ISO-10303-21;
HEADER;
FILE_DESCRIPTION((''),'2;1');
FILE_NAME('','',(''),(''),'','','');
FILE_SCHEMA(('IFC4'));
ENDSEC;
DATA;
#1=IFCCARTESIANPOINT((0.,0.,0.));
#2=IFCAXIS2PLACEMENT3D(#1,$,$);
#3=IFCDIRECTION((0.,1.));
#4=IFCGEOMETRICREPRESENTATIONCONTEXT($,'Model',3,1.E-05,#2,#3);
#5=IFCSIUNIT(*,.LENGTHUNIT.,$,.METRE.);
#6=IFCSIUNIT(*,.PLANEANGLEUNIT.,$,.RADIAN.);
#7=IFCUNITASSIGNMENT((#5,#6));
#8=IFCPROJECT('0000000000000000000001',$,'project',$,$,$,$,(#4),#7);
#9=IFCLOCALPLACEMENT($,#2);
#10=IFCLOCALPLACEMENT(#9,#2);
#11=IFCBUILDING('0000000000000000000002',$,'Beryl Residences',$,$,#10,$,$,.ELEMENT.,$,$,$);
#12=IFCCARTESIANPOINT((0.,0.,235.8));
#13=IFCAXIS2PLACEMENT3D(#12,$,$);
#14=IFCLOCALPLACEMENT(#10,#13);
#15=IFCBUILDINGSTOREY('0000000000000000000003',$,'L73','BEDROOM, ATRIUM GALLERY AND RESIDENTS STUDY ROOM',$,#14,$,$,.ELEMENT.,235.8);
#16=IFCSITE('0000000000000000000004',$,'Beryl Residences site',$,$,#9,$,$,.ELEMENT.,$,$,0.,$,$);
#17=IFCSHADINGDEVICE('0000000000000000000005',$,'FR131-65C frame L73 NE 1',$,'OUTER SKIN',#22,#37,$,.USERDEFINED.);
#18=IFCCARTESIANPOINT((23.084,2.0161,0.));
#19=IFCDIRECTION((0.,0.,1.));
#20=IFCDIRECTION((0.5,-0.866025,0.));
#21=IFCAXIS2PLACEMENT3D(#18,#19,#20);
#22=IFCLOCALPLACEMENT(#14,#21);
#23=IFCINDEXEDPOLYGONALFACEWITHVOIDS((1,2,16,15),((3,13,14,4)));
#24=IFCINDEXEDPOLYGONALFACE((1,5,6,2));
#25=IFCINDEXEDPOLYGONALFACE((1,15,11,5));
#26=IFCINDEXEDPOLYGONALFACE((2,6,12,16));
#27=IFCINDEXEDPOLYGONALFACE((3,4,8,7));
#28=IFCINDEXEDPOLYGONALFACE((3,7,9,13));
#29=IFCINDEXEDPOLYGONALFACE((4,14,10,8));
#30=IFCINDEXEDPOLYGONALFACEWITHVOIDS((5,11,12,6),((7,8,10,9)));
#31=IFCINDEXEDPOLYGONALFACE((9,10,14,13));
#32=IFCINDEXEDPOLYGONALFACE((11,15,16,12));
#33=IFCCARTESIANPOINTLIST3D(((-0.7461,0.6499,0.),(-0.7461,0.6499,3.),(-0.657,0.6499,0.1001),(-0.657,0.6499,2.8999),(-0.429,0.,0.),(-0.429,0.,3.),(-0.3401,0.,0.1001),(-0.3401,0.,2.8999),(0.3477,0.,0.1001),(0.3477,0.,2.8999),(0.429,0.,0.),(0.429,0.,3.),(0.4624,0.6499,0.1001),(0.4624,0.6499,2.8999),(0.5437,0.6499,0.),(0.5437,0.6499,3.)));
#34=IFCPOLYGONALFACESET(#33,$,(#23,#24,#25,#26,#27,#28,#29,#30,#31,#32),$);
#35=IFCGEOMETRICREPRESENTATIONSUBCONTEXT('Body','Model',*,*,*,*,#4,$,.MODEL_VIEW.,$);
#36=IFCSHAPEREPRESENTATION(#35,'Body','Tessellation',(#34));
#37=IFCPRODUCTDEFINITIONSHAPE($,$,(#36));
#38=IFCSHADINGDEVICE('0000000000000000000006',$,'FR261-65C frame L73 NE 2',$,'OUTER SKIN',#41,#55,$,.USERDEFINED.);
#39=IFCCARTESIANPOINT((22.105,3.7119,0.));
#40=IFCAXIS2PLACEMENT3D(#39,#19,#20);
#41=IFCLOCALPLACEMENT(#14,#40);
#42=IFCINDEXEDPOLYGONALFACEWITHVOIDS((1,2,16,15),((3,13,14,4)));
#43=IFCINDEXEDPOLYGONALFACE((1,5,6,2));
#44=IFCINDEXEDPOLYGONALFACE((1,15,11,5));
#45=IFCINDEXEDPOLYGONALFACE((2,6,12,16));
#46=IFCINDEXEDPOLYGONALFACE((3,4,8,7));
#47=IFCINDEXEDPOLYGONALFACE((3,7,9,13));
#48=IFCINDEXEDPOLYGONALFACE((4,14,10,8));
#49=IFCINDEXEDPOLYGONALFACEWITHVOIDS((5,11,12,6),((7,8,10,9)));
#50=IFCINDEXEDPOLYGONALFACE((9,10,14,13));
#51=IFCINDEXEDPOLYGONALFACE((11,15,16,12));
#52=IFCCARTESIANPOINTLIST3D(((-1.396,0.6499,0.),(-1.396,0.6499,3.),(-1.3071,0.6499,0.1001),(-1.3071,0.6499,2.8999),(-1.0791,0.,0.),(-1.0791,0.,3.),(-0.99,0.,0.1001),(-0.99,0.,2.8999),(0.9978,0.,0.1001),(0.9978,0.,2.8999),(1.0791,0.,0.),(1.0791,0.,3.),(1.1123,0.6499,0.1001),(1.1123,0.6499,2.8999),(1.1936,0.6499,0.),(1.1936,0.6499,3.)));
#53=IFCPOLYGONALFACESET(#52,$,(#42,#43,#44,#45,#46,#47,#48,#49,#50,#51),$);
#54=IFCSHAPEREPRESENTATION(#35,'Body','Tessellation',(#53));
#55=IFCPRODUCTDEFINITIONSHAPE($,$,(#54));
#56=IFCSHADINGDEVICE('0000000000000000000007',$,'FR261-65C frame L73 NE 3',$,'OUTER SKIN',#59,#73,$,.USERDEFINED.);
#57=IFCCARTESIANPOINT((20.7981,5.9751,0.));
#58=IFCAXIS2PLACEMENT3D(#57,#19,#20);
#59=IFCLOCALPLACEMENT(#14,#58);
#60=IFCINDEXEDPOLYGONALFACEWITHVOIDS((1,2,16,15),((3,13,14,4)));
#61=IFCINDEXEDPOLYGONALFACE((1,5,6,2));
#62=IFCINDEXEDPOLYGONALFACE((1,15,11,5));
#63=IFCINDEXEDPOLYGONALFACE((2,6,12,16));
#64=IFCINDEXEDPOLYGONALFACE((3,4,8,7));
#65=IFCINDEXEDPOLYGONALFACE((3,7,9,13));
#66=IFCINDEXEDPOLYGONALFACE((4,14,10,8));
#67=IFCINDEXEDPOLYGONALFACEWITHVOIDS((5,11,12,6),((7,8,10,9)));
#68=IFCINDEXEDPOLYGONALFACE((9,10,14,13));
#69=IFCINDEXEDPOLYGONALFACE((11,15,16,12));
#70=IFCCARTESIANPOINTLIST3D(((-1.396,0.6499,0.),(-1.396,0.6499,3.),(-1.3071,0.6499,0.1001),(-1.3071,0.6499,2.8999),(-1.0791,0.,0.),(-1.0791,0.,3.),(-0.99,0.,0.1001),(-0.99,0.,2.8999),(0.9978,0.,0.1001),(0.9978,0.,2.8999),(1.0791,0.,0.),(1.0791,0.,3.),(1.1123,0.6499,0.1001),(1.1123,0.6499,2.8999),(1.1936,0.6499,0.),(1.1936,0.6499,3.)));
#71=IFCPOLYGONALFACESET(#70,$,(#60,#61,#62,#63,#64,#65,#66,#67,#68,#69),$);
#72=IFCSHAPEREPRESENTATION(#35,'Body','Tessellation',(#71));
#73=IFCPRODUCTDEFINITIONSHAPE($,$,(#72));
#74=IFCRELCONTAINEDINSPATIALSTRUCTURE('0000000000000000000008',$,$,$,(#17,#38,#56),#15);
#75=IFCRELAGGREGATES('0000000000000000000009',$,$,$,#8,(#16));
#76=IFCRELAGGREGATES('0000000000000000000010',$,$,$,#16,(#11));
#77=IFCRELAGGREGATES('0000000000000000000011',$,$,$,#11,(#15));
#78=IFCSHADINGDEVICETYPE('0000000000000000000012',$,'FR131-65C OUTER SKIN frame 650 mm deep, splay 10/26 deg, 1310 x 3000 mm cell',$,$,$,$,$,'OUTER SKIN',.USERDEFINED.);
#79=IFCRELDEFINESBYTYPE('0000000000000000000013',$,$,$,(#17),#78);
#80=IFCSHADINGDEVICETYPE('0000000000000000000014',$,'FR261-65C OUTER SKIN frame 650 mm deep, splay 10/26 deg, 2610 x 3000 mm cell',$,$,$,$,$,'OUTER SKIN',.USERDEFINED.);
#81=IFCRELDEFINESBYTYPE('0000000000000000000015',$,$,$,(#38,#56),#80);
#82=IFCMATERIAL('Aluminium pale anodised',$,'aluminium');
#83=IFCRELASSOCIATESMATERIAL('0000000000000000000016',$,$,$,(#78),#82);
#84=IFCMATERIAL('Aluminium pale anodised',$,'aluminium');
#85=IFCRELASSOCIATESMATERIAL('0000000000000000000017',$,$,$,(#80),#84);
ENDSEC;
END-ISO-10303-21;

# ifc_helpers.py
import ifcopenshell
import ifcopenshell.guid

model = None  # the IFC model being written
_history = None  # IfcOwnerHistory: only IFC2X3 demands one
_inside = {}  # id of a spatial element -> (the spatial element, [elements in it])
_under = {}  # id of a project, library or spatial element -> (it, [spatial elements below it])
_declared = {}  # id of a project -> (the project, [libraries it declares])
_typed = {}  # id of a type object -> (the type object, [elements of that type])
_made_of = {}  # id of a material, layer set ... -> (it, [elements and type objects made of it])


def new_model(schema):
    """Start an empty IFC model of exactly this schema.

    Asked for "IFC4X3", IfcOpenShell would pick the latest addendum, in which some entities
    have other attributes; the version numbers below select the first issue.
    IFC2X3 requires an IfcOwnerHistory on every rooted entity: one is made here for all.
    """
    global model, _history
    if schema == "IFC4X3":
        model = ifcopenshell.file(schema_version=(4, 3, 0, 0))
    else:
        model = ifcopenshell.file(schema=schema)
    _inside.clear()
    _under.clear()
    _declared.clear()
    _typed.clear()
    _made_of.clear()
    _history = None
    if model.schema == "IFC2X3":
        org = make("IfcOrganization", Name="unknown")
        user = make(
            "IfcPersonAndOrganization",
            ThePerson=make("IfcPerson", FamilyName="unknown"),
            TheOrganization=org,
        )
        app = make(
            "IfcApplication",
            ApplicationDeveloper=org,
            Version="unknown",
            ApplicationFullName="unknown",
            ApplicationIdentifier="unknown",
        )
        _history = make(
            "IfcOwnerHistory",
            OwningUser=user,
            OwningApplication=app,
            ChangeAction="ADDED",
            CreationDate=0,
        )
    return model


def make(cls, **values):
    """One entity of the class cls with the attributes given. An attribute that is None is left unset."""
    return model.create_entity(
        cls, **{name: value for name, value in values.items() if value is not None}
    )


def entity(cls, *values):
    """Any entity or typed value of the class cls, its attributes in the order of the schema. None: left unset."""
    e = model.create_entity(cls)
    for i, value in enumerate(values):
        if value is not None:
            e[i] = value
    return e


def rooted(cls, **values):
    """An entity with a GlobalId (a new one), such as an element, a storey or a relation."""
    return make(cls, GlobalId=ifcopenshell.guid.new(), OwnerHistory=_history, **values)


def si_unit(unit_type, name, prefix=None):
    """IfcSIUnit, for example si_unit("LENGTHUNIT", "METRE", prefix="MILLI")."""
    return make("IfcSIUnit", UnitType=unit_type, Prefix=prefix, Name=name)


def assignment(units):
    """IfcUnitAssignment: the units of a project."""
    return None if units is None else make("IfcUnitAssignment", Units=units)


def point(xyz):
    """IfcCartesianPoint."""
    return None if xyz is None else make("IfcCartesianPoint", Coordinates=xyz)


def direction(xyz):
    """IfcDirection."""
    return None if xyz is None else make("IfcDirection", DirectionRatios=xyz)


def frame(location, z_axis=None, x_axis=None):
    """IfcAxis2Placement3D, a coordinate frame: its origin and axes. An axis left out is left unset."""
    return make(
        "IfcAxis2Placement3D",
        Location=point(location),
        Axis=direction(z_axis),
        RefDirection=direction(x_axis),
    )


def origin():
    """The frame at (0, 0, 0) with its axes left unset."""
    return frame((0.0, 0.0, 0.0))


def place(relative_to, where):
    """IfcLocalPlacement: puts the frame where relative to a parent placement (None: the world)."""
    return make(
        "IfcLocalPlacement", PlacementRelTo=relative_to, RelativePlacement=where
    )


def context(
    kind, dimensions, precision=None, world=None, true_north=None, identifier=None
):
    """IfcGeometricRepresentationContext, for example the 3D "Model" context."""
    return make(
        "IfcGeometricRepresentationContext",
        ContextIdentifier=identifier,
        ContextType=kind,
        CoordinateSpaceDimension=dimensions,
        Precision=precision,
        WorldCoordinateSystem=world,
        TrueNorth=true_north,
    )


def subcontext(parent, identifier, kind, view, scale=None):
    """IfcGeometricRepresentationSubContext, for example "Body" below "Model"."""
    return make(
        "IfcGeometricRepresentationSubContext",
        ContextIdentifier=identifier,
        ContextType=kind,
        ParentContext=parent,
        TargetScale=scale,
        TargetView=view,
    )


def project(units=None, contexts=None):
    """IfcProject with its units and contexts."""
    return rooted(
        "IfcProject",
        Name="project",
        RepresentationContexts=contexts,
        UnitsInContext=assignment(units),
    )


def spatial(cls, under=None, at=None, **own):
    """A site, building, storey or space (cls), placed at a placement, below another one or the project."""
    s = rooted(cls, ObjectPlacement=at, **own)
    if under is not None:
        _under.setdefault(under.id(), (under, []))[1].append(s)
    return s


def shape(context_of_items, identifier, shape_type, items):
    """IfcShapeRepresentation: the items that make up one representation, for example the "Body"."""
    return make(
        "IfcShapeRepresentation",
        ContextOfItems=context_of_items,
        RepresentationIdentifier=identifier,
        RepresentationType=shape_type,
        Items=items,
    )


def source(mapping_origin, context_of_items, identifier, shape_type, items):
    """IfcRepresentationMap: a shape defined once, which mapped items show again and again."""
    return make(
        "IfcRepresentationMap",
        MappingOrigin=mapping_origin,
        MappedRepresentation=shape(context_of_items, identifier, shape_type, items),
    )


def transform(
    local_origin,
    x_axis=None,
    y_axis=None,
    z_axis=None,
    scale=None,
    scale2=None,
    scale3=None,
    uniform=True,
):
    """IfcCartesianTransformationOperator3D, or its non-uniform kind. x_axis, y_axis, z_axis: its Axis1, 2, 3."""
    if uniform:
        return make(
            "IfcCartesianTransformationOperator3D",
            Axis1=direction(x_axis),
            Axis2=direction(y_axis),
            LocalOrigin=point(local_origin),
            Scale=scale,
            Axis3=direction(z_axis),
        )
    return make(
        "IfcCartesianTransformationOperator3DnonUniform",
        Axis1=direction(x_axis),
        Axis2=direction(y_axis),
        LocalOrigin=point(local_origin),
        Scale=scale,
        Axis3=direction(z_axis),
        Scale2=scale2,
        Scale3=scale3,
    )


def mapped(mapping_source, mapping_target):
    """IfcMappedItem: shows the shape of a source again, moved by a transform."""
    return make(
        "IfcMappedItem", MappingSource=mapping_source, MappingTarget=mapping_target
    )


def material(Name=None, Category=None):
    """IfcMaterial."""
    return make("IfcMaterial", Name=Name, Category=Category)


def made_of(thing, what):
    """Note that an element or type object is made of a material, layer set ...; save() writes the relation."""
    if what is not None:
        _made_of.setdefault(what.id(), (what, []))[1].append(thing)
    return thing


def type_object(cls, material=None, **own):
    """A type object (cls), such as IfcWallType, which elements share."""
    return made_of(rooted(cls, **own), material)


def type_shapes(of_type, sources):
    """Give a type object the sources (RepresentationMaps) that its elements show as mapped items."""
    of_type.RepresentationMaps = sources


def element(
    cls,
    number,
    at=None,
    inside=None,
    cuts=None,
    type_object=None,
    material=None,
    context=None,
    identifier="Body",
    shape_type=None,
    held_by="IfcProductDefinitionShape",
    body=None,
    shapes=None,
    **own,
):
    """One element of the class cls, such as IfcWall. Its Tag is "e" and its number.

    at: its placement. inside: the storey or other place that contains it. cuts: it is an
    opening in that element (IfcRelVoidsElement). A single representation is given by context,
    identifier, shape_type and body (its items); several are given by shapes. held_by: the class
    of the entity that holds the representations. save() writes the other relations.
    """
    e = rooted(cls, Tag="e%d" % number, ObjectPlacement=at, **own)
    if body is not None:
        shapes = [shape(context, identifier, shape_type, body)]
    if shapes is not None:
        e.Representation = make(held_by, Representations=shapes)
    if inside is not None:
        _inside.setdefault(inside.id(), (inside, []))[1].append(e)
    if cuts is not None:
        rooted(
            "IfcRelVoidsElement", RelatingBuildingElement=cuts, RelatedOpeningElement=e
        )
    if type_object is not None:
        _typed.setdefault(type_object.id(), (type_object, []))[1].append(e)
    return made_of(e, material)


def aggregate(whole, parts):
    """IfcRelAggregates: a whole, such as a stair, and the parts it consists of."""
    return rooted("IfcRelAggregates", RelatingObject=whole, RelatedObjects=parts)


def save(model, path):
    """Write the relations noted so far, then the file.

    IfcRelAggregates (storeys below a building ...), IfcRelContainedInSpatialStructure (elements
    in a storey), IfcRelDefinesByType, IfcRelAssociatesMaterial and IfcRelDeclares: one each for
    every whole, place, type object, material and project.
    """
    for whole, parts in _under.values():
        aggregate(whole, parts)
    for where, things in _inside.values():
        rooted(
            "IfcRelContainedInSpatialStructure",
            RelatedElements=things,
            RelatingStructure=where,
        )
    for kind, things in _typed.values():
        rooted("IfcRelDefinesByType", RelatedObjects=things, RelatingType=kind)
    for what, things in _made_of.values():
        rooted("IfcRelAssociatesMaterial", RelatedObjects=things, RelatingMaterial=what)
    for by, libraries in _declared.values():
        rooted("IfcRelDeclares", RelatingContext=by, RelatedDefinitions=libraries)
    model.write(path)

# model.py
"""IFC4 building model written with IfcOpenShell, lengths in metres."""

from ifc_helpers import new_model, entity, si_unit, direction, frame, origin, place, context, subcontext, project, spatial, source, transform, mapped, material, type_object, type_shapes, element, save


model = new_model("IFC4")

# Units and contexts
model_context = context("Model", 3, precision=1e-05, world=origin(), true_north=direction((0.0, 1.0)))
body_context = subcontext(model_context, "Body", "Model", "MODEL_VIEW")
ifc_project = project(units=[si_unit("LENGTHUNIT", "METRE"), si_unit("PLANEANGLEUNIT", "RADIAN")], contexts=[model_context])

# Site, building, storey
site_placement = place(None, origin())
site = spatial("IfcSite", under=ifc_project, at=site_placement, Name="Beryl Residences site", CompositionType="ELEMENT", RefElevation=0.0)
building_placement = place(site_placement, origin())
building = spatial("IfcBuilding", under=site, at=building_placement, Name="Beryl Residences", CompositionType="ELEMENT")
storey_placement = place(building_placement, frame((0.0, 0.0, 235.8)))
storey = spatial("IfcBuildingStorey", under=building, at=storey_placement, Name="L73", Description="BEDROOM, ATRIUM GALLERY AND RESIDENTS STUDY ROOM", CompositionType="ELEMENT", Elevation=235.8)

# Shading devices
ifc_material_1 = material(Name="Aluminium pale anodised", Category="aluminium")
shading_device_type_1 = type_object("IfcShadingDeviceType", Name="FR131-65C OUTER SKIN frame 650 mm deep, splay 10/26 deg, 1310 x 3000 mm cell", ElementType="OUTER SKIN", PredefinedType="USERDEFINED", material=ifc_material_1)
cartesian_point_1 = entity("IfcCartesianPoint", [-0.429, 0.0])
cartesian_point_2 = entity("IfcCartesianPoint", [-0.3477, 0.1001])
cartesian_point_3 = entity("IfcCartesianPoint", [-0.5437, 0.0])
cartesian_point_4 = entity("IfcCartesianPoint", [-0.4624, 0.1001])
shared_shape_1 = source(origin(), body_context, "Body", "SweptSolid", [
    entity("IfcExtrudedAreaSolidTapered", entity("IfcArbitraryProfileDefWithVoids", "AREA", None, entity("IfcPolyline", [cartesian_point_1, entity("IfcCartesianPoint", [0.429, 0.0]), entity("IfcCartesianPoint", [0.429, 3.0]), entity("IfcCartesianPoint", [-0.429, 3.0]), cartesian_point_1]), [entity("IfcPolyline", [cartesian_point_2, entity("IfcCartesianPoint", [0.3401, 0.1001]), entity("IfcCartesianPoint", [0.3401, 2.8999]), entity("IfcCartesianPoint", [-0.3477, 2.8999]), cartesian_point_2])]), entity("IfcAxis2Placement3D", entity("IfcCartesianPoint", [0.0, 0.0, 0.0]), entity("IfcDirection", [0.0, 1.0, 0.0]), entity("IfcDirection", [-1.0, 0.0, 0.0])), entity("IfcDirection", [0.0, 0.0, 1.0]), 0.6499, entity("IfcArbitraryProfileDefWithVoids", "AREA", None, entity("IfcPolyline", [cartesian_point_3, entity("IfcCartesianPoint", [0.7461, 0.0]), entity("IfcCartesianPoint", [0.7461, 3.0]), entity("IfcCartesianPoint", [-0.5437, 3.0]), cartesian_point_3]), [entity("IfcPolyline", [cartesian_point_4, entity("IfcCartesianPoint", [0.657, 0.1001]), entity("IfcCartesianPoint", [0.657, 2.8999]), entity("IfcCartesianPoint", [-0.4624, 2.8999]), cartesian_point_4])])),
])
type_shapes(shading_device_type_1, [shared_shape_1])
shading_device_placement = place(storey_placement, frame((23.084, 2.0161, 0.0), z_axis=(0.0, 0.0, 1.0), x_axis=(0.5, -0.866025, 0.0)))
element("IfcShadingDevice", 1, at=shading_device_placement, inside=storey, type_object=shading_device_type_1, Name="FR131-65C frame L73 NE 1", ObjectType="OUTER SKIN", PredefinedType="USERDEFINED", context=body_context, shape_type="MappedRepresentation", body=[
    mapped(shared_shape_1, transform((0.0, 0.0, 0.0))),
])
ifc_material_2 = material(Name="Aluminium pale anodised", Category="aluminium")
shading_device_type_2 = type_object("IfcShadingDeviceType", Name="FR261-65C OUTER SKIN frame 650 mm deep, splay 10/26 deg, 2610 x 3000 mm cell", ElementType="OUTER SKIN", PredefinedType="USERDEFINED", material=ifc_material_2)
cartesian_point_5 = entity("IfcCartesianPoint", [-1.0791, 0.0])
cartesian_point_6 = entity("IfcCartesianPoint", [-0.9978, 0.1001])
cartesian_point_7 = entity("IfcCartesianPoint", [-1.1936, 0.0])
cartesian_point_8 = entity("IfcCartesianPoint", [-1.1123, 0.1001])
shared_shape_2 = source(origin(), body_context, "Body", "SweptSolid", [
    entity("IfcExtrudedAreaSolidTapered", entity("IfcArbitraryProfileDefWithVoids", "AREA", None, entity("IfcPolyline", [cartesian_point_5, entity("IfcCartesianPoint", [1.0791, 0.0]), entity("IfcCartesianPoint", [1.0791, 3.0]), entity("IfcCartesianPoint", [-1.0791, 3.0]), cartesian_point_5]), [entity("IfcPolyline", [cartesian_point_6, entity("IfcCartesianPoint", [0.99, 0.1001]), entity("IfcCartesianPoint", [0.99, 2.8999]), entity("IfcCartesianPoint", [-0.9978, 2.8999]), cartesian_point_6])]), entity("IfcAxis2Placement3D", entity("IfcCartesianPoint", [0.0, 0.0, 0.0]), entity("IfcDirection", [0.0, 1.0, 0.0]), entity("IfcDirection", [-1.0, 0.0, 0.0])), entity("IfcDirection", [0.0, 0.0, 1.0]), 0.6499, entity("IfcArbitraryProfileDefWithVoids", "AREA", None, entity("IfcPolyline", [cartesian_point_7, entity("IfcCartesianPoint", [1.396, 0.0]), entity("IfcCartesianPoint", [1.396, 3.0]), entity("IfcCartesianPoint", [-1.1936, 3.0]), cartesian_point_7]), [entity("IfcPolyline", [cartesian_point_8, entity("IfcCartesianPoint", [1.3071, 0.1001]), entity("IfcCartesianPoint", [1.3071, 2.8999]), entity("IfcCartesianPoint", [-1.1123, 2.8999]), cartesian_point_8])])),
])
type_shapes(shading_device_type_2, [shared_shape_2])
for number, where, z_axis, x_axis, name in (
    (2, (22.105, 3.7119, 0.0), (0.0, 0.0, 1.0), (0.5, -0.866025, 0.0), "FR261-65C frame L73 NE 2"),
    (3, (20.7981, 5.9751, 0.0), (0.0, 0.0, 1.0), (0.5, -0.866025, 0.0), "FR261-65C frame L73 NE 3"),
):
    element("IfcShadingDevice", number, at=place(storey_placement, frame(where, z_axis=z_axis, x_axis=x_axis)), inside=storey, type_object=shading_device_type_2, Name=name, ObjectType="OUTER SKIN", PredefinedType="USERDEFINED", context=body_context, shape_type="MappedRepresentation", body=[
        mapped(shared_shape_2, transform((0.0, 0.0, 0.0))),
    ])

save(model, "model.ifc")
